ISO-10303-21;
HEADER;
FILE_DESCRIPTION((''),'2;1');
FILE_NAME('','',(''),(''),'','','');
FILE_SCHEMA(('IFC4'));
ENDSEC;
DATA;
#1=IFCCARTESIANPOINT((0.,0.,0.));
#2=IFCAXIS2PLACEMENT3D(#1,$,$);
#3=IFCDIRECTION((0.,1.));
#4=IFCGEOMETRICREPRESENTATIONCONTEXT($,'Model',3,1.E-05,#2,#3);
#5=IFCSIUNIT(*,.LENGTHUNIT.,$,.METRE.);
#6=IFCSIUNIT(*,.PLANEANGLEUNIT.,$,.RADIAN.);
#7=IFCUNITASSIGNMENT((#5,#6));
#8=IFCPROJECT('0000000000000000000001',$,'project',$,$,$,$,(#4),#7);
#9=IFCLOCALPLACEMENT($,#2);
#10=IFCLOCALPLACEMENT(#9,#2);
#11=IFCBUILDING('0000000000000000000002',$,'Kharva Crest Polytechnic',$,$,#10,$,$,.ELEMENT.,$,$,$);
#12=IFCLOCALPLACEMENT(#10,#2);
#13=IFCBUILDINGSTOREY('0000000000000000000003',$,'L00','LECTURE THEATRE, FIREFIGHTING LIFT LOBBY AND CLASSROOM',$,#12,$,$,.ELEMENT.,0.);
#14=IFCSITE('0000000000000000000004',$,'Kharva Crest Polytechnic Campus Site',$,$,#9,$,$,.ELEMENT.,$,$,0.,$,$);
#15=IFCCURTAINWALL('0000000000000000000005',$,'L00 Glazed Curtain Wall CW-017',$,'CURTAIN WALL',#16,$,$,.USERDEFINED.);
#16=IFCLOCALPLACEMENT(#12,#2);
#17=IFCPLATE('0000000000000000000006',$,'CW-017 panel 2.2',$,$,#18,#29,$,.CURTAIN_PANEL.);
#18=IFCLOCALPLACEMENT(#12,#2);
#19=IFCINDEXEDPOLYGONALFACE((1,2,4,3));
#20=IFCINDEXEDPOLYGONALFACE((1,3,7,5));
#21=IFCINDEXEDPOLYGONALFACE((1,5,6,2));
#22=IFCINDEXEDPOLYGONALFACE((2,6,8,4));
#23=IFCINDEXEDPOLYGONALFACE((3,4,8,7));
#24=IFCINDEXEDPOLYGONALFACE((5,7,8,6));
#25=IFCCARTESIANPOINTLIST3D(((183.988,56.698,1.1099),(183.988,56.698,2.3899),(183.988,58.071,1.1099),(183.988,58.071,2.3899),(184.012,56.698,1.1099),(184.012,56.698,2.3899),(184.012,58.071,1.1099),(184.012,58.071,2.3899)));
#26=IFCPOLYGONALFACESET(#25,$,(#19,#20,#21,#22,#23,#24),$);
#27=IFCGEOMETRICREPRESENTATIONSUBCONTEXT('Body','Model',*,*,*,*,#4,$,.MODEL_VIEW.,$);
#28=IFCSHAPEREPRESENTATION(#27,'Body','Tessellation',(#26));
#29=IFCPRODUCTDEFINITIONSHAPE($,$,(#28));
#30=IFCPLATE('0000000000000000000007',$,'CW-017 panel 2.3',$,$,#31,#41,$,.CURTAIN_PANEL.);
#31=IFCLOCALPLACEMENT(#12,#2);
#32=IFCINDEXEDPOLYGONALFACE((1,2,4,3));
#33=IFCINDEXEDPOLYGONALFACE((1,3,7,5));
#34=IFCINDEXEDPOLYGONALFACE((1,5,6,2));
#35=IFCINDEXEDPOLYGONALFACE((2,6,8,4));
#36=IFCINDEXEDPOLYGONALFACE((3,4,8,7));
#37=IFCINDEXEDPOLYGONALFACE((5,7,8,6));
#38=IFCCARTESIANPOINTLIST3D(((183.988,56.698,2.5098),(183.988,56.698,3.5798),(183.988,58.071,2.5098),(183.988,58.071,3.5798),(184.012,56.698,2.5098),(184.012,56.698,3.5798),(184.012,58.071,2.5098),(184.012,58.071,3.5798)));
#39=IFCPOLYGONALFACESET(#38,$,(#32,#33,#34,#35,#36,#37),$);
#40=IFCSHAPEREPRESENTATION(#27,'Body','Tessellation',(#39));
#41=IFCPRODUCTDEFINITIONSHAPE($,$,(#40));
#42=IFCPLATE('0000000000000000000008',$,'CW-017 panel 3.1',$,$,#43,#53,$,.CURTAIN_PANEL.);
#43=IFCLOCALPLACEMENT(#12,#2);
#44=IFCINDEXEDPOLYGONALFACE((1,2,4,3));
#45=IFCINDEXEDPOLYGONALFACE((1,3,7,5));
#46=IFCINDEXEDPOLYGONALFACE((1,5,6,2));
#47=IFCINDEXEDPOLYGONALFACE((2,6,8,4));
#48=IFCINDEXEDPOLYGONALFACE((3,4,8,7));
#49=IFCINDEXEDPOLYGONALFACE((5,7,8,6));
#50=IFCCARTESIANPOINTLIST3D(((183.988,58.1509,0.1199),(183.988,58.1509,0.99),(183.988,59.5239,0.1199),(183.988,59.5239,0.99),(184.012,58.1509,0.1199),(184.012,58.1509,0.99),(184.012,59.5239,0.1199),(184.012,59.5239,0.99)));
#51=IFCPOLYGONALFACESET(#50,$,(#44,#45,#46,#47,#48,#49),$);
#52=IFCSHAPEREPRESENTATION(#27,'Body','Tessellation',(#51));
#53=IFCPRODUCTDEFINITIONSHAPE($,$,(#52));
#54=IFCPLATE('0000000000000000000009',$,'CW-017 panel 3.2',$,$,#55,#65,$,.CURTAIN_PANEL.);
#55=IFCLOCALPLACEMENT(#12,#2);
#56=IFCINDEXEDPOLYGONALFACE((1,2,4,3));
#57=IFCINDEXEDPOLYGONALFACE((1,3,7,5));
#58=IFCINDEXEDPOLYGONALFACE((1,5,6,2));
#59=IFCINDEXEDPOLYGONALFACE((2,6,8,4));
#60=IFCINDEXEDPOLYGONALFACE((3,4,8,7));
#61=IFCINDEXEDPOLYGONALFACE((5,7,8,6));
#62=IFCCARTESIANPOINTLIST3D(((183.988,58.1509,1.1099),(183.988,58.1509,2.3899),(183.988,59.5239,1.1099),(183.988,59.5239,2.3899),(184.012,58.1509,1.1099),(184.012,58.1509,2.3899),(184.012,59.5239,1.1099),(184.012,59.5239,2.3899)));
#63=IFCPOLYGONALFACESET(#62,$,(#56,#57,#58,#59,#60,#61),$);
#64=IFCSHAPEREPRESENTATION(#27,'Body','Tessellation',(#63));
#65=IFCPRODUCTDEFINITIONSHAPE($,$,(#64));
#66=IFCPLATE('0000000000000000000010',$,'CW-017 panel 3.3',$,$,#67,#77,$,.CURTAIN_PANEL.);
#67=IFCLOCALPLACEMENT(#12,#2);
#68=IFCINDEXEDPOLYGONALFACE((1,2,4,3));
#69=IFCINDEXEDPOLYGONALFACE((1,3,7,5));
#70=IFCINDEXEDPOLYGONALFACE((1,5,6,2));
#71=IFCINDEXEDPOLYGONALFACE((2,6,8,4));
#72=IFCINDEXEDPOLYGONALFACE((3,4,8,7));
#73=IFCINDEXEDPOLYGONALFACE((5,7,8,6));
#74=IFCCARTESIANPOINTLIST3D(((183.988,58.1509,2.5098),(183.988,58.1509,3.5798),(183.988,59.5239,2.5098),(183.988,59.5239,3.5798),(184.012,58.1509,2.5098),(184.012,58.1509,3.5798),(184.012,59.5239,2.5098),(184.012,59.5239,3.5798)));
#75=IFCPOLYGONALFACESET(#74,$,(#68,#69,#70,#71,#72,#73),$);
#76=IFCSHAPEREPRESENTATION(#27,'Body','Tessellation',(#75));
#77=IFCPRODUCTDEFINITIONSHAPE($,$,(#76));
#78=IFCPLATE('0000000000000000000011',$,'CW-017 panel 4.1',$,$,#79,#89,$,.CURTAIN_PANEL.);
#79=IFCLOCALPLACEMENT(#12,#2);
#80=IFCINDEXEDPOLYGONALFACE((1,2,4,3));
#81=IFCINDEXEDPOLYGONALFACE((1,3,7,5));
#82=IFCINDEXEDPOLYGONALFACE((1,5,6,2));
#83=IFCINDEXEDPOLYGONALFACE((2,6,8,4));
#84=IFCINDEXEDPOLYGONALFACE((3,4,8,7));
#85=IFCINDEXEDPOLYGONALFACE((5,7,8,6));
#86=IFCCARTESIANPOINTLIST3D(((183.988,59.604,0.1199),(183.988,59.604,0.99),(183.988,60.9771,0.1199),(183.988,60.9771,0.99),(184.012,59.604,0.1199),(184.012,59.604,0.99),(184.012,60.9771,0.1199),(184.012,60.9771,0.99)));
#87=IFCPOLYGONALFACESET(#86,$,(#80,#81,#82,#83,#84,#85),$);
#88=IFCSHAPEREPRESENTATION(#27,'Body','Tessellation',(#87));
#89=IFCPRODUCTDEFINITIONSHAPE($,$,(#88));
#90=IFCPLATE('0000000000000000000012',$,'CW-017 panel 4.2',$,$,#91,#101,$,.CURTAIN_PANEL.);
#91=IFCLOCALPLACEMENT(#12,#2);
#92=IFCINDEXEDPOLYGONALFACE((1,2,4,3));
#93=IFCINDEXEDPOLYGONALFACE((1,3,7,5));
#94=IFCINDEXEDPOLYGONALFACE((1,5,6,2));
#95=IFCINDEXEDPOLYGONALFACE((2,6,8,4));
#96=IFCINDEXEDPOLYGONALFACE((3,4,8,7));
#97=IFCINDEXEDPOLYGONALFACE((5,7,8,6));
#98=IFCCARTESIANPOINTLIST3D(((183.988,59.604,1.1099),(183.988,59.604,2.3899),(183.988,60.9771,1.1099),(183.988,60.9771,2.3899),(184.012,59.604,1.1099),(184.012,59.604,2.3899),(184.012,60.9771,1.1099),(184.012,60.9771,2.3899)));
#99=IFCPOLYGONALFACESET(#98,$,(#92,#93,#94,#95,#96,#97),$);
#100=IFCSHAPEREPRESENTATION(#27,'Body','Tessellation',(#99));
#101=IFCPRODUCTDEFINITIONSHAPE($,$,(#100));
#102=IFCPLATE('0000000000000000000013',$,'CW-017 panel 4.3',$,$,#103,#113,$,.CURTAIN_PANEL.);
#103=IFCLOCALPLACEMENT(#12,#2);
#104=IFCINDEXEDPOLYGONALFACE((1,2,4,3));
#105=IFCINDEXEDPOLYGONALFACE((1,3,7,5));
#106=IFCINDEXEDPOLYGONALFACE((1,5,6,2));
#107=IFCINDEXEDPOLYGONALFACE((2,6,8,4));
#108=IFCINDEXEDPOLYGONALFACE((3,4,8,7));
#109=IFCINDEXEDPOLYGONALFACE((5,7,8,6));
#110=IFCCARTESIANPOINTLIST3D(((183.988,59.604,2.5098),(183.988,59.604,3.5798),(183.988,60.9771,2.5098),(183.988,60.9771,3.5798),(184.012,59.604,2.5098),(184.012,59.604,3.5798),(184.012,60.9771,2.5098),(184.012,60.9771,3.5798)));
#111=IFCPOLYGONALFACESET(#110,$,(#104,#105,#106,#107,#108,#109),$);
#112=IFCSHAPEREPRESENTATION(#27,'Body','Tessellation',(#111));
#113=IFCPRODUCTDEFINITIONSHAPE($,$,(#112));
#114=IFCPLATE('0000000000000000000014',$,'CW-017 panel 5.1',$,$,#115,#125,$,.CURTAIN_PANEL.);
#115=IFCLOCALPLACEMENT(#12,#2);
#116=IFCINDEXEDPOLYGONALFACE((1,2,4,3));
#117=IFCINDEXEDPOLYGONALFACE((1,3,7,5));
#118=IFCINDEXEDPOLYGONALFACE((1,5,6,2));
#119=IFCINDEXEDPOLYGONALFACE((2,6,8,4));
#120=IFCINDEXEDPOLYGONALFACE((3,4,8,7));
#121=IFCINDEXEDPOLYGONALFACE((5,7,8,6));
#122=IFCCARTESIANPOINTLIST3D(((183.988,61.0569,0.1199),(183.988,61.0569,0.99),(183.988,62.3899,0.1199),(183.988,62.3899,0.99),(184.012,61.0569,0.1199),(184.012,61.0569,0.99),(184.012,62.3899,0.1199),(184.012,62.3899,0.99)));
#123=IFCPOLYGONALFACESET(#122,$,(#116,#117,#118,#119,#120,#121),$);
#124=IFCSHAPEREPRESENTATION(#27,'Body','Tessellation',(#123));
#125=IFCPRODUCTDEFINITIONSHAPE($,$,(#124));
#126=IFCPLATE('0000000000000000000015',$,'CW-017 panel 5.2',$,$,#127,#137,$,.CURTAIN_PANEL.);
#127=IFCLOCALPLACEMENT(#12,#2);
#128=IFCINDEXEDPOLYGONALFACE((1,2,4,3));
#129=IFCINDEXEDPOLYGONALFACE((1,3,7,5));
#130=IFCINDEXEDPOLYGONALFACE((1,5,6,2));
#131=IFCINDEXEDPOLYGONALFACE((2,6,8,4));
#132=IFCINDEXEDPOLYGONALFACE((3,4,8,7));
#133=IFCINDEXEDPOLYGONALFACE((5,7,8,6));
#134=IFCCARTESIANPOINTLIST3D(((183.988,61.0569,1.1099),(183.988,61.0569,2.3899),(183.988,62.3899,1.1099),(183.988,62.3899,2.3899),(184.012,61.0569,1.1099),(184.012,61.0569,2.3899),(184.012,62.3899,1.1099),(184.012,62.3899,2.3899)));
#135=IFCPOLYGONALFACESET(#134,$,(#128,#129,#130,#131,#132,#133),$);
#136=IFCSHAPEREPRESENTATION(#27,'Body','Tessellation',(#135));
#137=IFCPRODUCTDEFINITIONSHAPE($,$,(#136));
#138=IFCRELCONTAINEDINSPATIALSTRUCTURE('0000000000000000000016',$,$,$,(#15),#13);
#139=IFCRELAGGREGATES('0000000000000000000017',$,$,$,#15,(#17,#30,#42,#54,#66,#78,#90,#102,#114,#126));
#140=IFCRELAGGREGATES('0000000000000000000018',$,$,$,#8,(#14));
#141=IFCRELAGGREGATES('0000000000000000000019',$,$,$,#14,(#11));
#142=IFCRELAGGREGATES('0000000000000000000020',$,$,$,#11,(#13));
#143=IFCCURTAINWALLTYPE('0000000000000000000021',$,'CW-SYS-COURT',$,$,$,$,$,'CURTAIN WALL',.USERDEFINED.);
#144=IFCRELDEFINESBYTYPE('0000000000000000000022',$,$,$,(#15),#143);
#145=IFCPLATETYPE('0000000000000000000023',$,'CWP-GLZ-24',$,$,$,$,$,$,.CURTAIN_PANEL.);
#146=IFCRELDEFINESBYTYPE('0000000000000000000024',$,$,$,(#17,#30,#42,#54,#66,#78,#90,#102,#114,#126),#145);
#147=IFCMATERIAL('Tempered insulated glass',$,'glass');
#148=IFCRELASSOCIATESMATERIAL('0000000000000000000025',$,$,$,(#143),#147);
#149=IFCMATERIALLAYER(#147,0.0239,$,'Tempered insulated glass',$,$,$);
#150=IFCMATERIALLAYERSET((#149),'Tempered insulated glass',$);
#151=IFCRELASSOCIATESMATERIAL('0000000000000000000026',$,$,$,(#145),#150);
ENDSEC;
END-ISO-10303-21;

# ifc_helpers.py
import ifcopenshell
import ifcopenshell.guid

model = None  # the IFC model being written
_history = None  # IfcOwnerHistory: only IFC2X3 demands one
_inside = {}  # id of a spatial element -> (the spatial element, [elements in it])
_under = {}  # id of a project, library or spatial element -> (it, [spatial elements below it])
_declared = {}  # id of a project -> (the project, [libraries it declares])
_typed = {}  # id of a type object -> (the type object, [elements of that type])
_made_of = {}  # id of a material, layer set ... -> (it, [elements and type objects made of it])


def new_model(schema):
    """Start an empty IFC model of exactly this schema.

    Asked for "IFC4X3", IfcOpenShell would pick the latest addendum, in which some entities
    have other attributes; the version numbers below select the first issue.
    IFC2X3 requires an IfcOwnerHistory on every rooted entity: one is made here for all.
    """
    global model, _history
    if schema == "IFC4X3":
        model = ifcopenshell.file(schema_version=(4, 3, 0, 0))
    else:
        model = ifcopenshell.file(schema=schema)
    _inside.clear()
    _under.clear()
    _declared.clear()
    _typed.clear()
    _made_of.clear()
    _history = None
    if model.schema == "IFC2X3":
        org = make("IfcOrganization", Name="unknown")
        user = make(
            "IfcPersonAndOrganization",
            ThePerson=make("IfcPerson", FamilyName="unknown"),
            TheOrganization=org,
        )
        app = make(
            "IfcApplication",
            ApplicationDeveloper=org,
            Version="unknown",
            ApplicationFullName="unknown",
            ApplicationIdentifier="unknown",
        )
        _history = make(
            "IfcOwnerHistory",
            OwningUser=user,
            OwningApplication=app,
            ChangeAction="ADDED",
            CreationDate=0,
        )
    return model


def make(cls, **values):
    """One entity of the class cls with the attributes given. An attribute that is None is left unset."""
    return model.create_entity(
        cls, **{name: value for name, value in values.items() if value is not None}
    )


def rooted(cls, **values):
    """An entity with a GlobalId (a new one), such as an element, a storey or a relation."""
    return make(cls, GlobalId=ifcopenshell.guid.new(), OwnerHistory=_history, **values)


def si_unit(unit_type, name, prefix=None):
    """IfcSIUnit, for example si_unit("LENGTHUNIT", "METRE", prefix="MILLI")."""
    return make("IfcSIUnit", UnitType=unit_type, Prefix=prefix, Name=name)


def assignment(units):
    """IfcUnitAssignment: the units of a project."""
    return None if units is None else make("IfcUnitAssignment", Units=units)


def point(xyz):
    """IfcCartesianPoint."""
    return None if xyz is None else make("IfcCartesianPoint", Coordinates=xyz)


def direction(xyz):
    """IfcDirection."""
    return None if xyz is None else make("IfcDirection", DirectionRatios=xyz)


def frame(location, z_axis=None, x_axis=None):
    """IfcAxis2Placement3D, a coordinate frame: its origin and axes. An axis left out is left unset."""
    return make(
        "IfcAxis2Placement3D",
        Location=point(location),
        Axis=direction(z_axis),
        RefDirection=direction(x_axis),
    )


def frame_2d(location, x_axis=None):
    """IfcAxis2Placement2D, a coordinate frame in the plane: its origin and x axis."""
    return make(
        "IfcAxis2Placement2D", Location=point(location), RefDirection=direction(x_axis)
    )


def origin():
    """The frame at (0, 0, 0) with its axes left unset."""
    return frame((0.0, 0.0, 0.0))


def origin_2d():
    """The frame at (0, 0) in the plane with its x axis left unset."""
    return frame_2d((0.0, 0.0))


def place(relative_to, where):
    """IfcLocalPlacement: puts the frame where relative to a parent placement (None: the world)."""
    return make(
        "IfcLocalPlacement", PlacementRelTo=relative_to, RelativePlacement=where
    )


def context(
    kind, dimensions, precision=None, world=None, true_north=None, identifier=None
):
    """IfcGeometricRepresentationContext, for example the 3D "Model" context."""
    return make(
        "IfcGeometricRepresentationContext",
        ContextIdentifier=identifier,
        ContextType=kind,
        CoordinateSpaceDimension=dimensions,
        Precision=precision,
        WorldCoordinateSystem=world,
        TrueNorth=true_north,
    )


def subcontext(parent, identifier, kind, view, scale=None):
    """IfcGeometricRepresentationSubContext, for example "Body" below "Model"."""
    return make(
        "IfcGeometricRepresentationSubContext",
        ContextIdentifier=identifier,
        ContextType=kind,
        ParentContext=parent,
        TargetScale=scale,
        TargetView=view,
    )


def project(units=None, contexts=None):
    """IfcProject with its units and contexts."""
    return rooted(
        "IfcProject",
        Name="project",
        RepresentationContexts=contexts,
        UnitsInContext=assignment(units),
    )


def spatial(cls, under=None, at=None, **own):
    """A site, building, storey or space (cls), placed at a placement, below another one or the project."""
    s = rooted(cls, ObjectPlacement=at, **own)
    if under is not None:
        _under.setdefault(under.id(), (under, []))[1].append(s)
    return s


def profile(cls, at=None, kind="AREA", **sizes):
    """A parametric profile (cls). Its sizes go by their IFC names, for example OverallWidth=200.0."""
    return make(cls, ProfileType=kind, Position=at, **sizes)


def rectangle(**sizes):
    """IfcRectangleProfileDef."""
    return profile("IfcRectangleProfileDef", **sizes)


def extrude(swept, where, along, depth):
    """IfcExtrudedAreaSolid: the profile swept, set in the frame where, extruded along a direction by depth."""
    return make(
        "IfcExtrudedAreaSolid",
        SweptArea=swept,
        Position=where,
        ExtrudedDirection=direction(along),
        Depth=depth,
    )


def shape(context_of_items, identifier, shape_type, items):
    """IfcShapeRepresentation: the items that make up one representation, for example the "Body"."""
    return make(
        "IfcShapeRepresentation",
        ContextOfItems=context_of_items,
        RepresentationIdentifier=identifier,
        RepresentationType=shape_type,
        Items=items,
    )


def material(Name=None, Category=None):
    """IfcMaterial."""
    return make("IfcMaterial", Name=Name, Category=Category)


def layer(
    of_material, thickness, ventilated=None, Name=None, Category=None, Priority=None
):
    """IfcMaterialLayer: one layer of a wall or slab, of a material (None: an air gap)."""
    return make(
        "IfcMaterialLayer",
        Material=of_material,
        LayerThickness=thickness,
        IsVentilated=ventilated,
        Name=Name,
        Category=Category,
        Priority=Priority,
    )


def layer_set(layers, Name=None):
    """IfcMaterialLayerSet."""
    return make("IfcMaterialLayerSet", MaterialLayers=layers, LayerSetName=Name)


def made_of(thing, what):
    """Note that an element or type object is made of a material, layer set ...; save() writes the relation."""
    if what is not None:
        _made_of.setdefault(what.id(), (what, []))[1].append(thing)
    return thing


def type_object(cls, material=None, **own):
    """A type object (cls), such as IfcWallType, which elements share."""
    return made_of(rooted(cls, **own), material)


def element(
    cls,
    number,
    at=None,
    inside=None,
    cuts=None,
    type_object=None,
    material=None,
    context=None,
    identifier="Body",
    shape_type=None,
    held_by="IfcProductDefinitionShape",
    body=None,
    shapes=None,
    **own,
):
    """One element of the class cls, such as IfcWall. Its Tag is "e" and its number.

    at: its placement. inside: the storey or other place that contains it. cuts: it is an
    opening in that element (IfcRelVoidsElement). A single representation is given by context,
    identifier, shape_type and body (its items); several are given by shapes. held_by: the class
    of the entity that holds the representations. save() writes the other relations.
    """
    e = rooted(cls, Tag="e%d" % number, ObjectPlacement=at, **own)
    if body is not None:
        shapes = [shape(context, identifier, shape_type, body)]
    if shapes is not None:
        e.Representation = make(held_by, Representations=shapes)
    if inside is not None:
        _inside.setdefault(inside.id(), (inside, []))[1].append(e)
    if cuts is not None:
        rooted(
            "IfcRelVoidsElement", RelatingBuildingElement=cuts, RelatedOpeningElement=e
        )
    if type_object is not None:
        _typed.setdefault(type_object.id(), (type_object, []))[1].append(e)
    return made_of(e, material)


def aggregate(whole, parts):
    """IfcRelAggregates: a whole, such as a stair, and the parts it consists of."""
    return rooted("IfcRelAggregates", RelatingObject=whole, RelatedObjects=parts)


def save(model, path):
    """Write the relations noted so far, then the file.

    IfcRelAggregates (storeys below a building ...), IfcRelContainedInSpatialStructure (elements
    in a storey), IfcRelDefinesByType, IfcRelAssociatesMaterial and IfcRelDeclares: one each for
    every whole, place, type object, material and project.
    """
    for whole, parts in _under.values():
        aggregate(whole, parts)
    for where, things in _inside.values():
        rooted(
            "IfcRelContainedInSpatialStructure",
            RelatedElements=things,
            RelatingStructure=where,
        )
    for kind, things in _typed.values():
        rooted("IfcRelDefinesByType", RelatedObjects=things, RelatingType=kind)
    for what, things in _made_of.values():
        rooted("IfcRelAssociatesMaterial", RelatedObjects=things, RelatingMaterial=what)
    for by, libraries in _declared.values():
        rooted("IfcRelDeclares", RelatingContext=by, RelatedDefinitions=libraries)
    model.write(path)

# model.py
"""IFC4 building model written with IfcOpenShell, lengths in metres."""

from ifc_helpers import new_model, si_unit, direction, frame, origin, origin_2d, place, context, subcontext, project, spatial, rectangle, extrude, material, layer, layer_set, type_object, element, aggregate, save


model = new_model("IFC4")

# Units and contexts
model_context = context("Model", 3, precision=1e-05, world=origin(), true_north=direction((0.0, 1.0)))
body_context = subcontext(model_context, "Body", "Model", "MODEL_VIEW")
ifc_project = project(units=[si_unit("LENGTHUNIT", "METRE"), si_unit("PLANEANGLEUNIT", "RADIAN")], contexts=[model_context])

# Site, building, storey
site_placement = place(None, origin())
site = spatial("IfcSite", under=ifc_project, at=site_placement, Name="Kharva Crest Polytechnic Campus Site", CompositionType="ELEMENT", RefElevation=0.0)
building_placement = place(site_placement, origin())
building = spatial("IfcBuilding", under=site, at=building_placement, Name="Kharva Crest Polytechnic", CompositionType="ELEMENT")
storey_placement = place(building_placement, origin())
storey = spatial("IfcBuildingStorey", under=building, at=storey_placement, Name="L00", Description="LECTURE THEATRE, FIREFIGHTING LIFT LOBBY AND CLASSROOM", CompositionType="ELEMENT", Elevation=0.0)

# Curtain wall, plates
ifc_material_1 = material(Name="Tempered insulated glass", Category="glass")
curtain_wall_type = type_object("IfcCurtainWallType", Name="CW-SYS-COURT", ElementType="CURTAIN WALL", PredefinedType="USERDEFINED", material=ifc_material_1)
curtain_wall_placement = place(storey_placement, origin())
curtain_wall = element("IfcCurtainWall", 1, at=curtain_wall_placement, inside=storey, type_object=curtain_wall_type, Name="L00 Glazed Curtain Wall CW-017", ObjectType="CURTAIN WALL", PredefinedType="USERDEFINED")
ifc_layer = layer(ifc_material_1, 0.0239, Name="Tempered insulated glass")
ifc_layer_set = layer_set([ifc_layer], Name="Tempered insulated glass")
plate_type = type_object("IfcPlateType", Name="CWP-GLZ-24", PredefinedType="CURTAIN_PANEL", material=ifc_layer_set)
plate_1_placement = place(storey_placement, frame((184.0, 57.3845, 1.1099), z_axis=(0.0, 0.0, 1.0), x_axis=(0.0, 1.0, 0.0)))
plate_1 = element("IfcPlate", 2, at=plate_1_placement, type_object=plate_type, Name="CW-017 panel 2.2", PredefinedType="CURTAIN_PANEL", context=body_context, shape_type="SweptSolid", body=[
    extrude(rectangle(XDim=1.373, YDim=0.0239, at=origin_2d()), origin(), (0.0, 0.0, 1.0), 1.28),
])
plate_2_placement = place(storey_placement, frame((184.0, 57.3845, 2.5098), z_axis=(0.0, 0.0, 1.0), x_axis=(0.0, 1.0, 0.0)))
plate_2 = element("IfcPlate", 3, at=plate_2_placement, type_object=plate_type, Name="CW-017 panel 2.3", PredefinedType="CURTAIN_PANEL", context=body_context, shape_type="SweptSolid", body=[
    extrude(rectangle(XDim=1.373, YDim=0.0239, at=origin_2d()), origin(), (0.0, 0.0, 1.0), 1.0701),
])
plate_3_placement = place(storey_placement, frame((184.0, 58.8374, 0.1199), z_axis=(0.0, 0.0, 1.0), x_axis=(0.0, 1.0, 0.0)))
plate_3 = element("IfcPlate", 4, at=plate_3_placement, type_object=plate_type, Name="CW-017 panel 3.1", PredefinedType="CURTAIN_PANEL", context=body_context, shape_type="SweptSolid", body=[
    extrude(rectangle(XDim=1.373, YDim=0.0239, at=origin_2d()), origin(), (0.0, 0.0, 1.0), 0.8701),
])
plate_4_placement = place(storey_placement, frame((184.0, 58.8374, 1.1099), z_axis=(0.0, 0.0, 1.0), x_axis=(0.0, 1.0, 0.0)))
plate_4 = element("IfcPlate", 5, at=plate_4_placement, type_object=plate_type, Name="CW-017 panel 3.2", PredefinedType="CURTAIN_PANEL", context=body_context, shape_type="SweptSolid", body=[
    extrude(rectangle(XDim=1.373, YDim=0.0239, at=origin_2d()), origin(), (0.0, 0.0, 1.0), 1.28),
])
plate_5_placement = place(storey_placement, frame((184.0, 58.8374, 2.5098), z_axis=(0.0, 0.0, 1.0), x_axis=(0.0, 1.0, 0.0)))
plate_5 = element("IfcPlate", 6, at=plate_5_placement, type_object=plate_type, Name="CW-017 panel 3.3", PredefinedType="CURTAIN_PANEL", context=body_context, shape_type="SweptSolid", body=[
    extrude(rectangle(XDim=1.373, YDim=0.0239, at=origin_2d()), origin(), (0.0, 0.0, 1.0), 1.0701),
])
plate_6_placement = place(storey_placement, frame((184.0, 60.2905, 0.1199), z_axis=(0.0, 0.0, 1.0), x_axis=(0.0, 1.0, 0.0)))
plate_6 = element("IfcPlate", 7, at=plate_6_placement, type_object=plate_type, Name="CW-017 panel 4.1", PredefinedType="CURTAIN_PANEL", context=body_context, shape_type="SweptSolid", body=[
    extrude(rectangle(XDim=1.373, YDim=0.0239, at=origin_2d()), origin(), (0.0, 0.0, 1.0), 0.8701),
])
plate_7_placement = place(storey_placement, frame((184.0, 60.2905, 1.1099), z_axis=(0.0, 0.0, 1.0), x_axis=(0.0, 1.0, 0.0)))
plate_7 = element("IfcPlate", 8, at=plate_7_placement, type_object=plate_type, Name="CW-017 panel 4.2", PredefinedType="CURTAIN_PANEL", context=body_context, shape_type="SweptSolid", body=[
    extrude(rectangle(XDim=1.373, YDim=0.0239, at=origin_2d()), origin(), (0.0, 0.0, 1.0), 1.28),
])
plate_8_placement = place(storey_placement, frame((184.0, 60.2905, 2.5098), z_axis=(0.0, 0.0, 1.0), x_axis=(0.0, 1.0, 0.0)))
plate_8 = element("IfcPlate", 9, at=plate_8_placement, type_object=plate_type, Name="CW-017 panel 4.3", PredefinedType="CURTAIN_PANEL", context=body_context, shape_type="SweptSolid", body=[
    extrude(rectangle(XDim=1.373, YDim=0.0239, at=origin_2d()), origin(), (0.0, 0.0, 1.0), 1.0701),
])
plate_9_placement = place(storey_placement, frame((184.0, 61.7234, 0.1199), z_axis=(0.0, 0.0, 1.0), x_axis=(0.0, 1.0, 0.0)))
plate_9 = element("IfcPlate", 10, at=plate_9_placement, type_object=plate_type, Name="CW-017 panel 5.1", PredefinedType="CURTAIN_PANEL", context=body_context, shape_type="SweptSolid", body=[
    extrude(rectangle(XDim=1.333, YDim=0.0239, at=origin_2d()), origin(), (0.0, 0.0, 1.0), 0.8701),
])
plate_10_placement = place(storey_placement, frame((184.0, 61.7234, 1.1099), z_axis=(0.0, 0.0, 1.0), x_axis=(0.0, 1.0, 0.0)))
plate_10 = element("IfcPlate", 11, at=plate_10_placement, type_object=plate_type, Name="CW-017 panel 5.2", PredefinedType="CURTAIN_PANEL", context=body_context, shape_type="SweptSolid", body=[
    extrude(rectangle(XDim=1.333, YDim=0.0239, at=origin_2d()), origin(), (0.0, 0.0, 1.0), 1.28),
])
aggregate(curtain_wall, [plate_1, plate_2, plate_3, plate_4, plate_5, plate_6, plate_7, plate_8, plate_9, plate_10])

save(model, "model.ifc")
